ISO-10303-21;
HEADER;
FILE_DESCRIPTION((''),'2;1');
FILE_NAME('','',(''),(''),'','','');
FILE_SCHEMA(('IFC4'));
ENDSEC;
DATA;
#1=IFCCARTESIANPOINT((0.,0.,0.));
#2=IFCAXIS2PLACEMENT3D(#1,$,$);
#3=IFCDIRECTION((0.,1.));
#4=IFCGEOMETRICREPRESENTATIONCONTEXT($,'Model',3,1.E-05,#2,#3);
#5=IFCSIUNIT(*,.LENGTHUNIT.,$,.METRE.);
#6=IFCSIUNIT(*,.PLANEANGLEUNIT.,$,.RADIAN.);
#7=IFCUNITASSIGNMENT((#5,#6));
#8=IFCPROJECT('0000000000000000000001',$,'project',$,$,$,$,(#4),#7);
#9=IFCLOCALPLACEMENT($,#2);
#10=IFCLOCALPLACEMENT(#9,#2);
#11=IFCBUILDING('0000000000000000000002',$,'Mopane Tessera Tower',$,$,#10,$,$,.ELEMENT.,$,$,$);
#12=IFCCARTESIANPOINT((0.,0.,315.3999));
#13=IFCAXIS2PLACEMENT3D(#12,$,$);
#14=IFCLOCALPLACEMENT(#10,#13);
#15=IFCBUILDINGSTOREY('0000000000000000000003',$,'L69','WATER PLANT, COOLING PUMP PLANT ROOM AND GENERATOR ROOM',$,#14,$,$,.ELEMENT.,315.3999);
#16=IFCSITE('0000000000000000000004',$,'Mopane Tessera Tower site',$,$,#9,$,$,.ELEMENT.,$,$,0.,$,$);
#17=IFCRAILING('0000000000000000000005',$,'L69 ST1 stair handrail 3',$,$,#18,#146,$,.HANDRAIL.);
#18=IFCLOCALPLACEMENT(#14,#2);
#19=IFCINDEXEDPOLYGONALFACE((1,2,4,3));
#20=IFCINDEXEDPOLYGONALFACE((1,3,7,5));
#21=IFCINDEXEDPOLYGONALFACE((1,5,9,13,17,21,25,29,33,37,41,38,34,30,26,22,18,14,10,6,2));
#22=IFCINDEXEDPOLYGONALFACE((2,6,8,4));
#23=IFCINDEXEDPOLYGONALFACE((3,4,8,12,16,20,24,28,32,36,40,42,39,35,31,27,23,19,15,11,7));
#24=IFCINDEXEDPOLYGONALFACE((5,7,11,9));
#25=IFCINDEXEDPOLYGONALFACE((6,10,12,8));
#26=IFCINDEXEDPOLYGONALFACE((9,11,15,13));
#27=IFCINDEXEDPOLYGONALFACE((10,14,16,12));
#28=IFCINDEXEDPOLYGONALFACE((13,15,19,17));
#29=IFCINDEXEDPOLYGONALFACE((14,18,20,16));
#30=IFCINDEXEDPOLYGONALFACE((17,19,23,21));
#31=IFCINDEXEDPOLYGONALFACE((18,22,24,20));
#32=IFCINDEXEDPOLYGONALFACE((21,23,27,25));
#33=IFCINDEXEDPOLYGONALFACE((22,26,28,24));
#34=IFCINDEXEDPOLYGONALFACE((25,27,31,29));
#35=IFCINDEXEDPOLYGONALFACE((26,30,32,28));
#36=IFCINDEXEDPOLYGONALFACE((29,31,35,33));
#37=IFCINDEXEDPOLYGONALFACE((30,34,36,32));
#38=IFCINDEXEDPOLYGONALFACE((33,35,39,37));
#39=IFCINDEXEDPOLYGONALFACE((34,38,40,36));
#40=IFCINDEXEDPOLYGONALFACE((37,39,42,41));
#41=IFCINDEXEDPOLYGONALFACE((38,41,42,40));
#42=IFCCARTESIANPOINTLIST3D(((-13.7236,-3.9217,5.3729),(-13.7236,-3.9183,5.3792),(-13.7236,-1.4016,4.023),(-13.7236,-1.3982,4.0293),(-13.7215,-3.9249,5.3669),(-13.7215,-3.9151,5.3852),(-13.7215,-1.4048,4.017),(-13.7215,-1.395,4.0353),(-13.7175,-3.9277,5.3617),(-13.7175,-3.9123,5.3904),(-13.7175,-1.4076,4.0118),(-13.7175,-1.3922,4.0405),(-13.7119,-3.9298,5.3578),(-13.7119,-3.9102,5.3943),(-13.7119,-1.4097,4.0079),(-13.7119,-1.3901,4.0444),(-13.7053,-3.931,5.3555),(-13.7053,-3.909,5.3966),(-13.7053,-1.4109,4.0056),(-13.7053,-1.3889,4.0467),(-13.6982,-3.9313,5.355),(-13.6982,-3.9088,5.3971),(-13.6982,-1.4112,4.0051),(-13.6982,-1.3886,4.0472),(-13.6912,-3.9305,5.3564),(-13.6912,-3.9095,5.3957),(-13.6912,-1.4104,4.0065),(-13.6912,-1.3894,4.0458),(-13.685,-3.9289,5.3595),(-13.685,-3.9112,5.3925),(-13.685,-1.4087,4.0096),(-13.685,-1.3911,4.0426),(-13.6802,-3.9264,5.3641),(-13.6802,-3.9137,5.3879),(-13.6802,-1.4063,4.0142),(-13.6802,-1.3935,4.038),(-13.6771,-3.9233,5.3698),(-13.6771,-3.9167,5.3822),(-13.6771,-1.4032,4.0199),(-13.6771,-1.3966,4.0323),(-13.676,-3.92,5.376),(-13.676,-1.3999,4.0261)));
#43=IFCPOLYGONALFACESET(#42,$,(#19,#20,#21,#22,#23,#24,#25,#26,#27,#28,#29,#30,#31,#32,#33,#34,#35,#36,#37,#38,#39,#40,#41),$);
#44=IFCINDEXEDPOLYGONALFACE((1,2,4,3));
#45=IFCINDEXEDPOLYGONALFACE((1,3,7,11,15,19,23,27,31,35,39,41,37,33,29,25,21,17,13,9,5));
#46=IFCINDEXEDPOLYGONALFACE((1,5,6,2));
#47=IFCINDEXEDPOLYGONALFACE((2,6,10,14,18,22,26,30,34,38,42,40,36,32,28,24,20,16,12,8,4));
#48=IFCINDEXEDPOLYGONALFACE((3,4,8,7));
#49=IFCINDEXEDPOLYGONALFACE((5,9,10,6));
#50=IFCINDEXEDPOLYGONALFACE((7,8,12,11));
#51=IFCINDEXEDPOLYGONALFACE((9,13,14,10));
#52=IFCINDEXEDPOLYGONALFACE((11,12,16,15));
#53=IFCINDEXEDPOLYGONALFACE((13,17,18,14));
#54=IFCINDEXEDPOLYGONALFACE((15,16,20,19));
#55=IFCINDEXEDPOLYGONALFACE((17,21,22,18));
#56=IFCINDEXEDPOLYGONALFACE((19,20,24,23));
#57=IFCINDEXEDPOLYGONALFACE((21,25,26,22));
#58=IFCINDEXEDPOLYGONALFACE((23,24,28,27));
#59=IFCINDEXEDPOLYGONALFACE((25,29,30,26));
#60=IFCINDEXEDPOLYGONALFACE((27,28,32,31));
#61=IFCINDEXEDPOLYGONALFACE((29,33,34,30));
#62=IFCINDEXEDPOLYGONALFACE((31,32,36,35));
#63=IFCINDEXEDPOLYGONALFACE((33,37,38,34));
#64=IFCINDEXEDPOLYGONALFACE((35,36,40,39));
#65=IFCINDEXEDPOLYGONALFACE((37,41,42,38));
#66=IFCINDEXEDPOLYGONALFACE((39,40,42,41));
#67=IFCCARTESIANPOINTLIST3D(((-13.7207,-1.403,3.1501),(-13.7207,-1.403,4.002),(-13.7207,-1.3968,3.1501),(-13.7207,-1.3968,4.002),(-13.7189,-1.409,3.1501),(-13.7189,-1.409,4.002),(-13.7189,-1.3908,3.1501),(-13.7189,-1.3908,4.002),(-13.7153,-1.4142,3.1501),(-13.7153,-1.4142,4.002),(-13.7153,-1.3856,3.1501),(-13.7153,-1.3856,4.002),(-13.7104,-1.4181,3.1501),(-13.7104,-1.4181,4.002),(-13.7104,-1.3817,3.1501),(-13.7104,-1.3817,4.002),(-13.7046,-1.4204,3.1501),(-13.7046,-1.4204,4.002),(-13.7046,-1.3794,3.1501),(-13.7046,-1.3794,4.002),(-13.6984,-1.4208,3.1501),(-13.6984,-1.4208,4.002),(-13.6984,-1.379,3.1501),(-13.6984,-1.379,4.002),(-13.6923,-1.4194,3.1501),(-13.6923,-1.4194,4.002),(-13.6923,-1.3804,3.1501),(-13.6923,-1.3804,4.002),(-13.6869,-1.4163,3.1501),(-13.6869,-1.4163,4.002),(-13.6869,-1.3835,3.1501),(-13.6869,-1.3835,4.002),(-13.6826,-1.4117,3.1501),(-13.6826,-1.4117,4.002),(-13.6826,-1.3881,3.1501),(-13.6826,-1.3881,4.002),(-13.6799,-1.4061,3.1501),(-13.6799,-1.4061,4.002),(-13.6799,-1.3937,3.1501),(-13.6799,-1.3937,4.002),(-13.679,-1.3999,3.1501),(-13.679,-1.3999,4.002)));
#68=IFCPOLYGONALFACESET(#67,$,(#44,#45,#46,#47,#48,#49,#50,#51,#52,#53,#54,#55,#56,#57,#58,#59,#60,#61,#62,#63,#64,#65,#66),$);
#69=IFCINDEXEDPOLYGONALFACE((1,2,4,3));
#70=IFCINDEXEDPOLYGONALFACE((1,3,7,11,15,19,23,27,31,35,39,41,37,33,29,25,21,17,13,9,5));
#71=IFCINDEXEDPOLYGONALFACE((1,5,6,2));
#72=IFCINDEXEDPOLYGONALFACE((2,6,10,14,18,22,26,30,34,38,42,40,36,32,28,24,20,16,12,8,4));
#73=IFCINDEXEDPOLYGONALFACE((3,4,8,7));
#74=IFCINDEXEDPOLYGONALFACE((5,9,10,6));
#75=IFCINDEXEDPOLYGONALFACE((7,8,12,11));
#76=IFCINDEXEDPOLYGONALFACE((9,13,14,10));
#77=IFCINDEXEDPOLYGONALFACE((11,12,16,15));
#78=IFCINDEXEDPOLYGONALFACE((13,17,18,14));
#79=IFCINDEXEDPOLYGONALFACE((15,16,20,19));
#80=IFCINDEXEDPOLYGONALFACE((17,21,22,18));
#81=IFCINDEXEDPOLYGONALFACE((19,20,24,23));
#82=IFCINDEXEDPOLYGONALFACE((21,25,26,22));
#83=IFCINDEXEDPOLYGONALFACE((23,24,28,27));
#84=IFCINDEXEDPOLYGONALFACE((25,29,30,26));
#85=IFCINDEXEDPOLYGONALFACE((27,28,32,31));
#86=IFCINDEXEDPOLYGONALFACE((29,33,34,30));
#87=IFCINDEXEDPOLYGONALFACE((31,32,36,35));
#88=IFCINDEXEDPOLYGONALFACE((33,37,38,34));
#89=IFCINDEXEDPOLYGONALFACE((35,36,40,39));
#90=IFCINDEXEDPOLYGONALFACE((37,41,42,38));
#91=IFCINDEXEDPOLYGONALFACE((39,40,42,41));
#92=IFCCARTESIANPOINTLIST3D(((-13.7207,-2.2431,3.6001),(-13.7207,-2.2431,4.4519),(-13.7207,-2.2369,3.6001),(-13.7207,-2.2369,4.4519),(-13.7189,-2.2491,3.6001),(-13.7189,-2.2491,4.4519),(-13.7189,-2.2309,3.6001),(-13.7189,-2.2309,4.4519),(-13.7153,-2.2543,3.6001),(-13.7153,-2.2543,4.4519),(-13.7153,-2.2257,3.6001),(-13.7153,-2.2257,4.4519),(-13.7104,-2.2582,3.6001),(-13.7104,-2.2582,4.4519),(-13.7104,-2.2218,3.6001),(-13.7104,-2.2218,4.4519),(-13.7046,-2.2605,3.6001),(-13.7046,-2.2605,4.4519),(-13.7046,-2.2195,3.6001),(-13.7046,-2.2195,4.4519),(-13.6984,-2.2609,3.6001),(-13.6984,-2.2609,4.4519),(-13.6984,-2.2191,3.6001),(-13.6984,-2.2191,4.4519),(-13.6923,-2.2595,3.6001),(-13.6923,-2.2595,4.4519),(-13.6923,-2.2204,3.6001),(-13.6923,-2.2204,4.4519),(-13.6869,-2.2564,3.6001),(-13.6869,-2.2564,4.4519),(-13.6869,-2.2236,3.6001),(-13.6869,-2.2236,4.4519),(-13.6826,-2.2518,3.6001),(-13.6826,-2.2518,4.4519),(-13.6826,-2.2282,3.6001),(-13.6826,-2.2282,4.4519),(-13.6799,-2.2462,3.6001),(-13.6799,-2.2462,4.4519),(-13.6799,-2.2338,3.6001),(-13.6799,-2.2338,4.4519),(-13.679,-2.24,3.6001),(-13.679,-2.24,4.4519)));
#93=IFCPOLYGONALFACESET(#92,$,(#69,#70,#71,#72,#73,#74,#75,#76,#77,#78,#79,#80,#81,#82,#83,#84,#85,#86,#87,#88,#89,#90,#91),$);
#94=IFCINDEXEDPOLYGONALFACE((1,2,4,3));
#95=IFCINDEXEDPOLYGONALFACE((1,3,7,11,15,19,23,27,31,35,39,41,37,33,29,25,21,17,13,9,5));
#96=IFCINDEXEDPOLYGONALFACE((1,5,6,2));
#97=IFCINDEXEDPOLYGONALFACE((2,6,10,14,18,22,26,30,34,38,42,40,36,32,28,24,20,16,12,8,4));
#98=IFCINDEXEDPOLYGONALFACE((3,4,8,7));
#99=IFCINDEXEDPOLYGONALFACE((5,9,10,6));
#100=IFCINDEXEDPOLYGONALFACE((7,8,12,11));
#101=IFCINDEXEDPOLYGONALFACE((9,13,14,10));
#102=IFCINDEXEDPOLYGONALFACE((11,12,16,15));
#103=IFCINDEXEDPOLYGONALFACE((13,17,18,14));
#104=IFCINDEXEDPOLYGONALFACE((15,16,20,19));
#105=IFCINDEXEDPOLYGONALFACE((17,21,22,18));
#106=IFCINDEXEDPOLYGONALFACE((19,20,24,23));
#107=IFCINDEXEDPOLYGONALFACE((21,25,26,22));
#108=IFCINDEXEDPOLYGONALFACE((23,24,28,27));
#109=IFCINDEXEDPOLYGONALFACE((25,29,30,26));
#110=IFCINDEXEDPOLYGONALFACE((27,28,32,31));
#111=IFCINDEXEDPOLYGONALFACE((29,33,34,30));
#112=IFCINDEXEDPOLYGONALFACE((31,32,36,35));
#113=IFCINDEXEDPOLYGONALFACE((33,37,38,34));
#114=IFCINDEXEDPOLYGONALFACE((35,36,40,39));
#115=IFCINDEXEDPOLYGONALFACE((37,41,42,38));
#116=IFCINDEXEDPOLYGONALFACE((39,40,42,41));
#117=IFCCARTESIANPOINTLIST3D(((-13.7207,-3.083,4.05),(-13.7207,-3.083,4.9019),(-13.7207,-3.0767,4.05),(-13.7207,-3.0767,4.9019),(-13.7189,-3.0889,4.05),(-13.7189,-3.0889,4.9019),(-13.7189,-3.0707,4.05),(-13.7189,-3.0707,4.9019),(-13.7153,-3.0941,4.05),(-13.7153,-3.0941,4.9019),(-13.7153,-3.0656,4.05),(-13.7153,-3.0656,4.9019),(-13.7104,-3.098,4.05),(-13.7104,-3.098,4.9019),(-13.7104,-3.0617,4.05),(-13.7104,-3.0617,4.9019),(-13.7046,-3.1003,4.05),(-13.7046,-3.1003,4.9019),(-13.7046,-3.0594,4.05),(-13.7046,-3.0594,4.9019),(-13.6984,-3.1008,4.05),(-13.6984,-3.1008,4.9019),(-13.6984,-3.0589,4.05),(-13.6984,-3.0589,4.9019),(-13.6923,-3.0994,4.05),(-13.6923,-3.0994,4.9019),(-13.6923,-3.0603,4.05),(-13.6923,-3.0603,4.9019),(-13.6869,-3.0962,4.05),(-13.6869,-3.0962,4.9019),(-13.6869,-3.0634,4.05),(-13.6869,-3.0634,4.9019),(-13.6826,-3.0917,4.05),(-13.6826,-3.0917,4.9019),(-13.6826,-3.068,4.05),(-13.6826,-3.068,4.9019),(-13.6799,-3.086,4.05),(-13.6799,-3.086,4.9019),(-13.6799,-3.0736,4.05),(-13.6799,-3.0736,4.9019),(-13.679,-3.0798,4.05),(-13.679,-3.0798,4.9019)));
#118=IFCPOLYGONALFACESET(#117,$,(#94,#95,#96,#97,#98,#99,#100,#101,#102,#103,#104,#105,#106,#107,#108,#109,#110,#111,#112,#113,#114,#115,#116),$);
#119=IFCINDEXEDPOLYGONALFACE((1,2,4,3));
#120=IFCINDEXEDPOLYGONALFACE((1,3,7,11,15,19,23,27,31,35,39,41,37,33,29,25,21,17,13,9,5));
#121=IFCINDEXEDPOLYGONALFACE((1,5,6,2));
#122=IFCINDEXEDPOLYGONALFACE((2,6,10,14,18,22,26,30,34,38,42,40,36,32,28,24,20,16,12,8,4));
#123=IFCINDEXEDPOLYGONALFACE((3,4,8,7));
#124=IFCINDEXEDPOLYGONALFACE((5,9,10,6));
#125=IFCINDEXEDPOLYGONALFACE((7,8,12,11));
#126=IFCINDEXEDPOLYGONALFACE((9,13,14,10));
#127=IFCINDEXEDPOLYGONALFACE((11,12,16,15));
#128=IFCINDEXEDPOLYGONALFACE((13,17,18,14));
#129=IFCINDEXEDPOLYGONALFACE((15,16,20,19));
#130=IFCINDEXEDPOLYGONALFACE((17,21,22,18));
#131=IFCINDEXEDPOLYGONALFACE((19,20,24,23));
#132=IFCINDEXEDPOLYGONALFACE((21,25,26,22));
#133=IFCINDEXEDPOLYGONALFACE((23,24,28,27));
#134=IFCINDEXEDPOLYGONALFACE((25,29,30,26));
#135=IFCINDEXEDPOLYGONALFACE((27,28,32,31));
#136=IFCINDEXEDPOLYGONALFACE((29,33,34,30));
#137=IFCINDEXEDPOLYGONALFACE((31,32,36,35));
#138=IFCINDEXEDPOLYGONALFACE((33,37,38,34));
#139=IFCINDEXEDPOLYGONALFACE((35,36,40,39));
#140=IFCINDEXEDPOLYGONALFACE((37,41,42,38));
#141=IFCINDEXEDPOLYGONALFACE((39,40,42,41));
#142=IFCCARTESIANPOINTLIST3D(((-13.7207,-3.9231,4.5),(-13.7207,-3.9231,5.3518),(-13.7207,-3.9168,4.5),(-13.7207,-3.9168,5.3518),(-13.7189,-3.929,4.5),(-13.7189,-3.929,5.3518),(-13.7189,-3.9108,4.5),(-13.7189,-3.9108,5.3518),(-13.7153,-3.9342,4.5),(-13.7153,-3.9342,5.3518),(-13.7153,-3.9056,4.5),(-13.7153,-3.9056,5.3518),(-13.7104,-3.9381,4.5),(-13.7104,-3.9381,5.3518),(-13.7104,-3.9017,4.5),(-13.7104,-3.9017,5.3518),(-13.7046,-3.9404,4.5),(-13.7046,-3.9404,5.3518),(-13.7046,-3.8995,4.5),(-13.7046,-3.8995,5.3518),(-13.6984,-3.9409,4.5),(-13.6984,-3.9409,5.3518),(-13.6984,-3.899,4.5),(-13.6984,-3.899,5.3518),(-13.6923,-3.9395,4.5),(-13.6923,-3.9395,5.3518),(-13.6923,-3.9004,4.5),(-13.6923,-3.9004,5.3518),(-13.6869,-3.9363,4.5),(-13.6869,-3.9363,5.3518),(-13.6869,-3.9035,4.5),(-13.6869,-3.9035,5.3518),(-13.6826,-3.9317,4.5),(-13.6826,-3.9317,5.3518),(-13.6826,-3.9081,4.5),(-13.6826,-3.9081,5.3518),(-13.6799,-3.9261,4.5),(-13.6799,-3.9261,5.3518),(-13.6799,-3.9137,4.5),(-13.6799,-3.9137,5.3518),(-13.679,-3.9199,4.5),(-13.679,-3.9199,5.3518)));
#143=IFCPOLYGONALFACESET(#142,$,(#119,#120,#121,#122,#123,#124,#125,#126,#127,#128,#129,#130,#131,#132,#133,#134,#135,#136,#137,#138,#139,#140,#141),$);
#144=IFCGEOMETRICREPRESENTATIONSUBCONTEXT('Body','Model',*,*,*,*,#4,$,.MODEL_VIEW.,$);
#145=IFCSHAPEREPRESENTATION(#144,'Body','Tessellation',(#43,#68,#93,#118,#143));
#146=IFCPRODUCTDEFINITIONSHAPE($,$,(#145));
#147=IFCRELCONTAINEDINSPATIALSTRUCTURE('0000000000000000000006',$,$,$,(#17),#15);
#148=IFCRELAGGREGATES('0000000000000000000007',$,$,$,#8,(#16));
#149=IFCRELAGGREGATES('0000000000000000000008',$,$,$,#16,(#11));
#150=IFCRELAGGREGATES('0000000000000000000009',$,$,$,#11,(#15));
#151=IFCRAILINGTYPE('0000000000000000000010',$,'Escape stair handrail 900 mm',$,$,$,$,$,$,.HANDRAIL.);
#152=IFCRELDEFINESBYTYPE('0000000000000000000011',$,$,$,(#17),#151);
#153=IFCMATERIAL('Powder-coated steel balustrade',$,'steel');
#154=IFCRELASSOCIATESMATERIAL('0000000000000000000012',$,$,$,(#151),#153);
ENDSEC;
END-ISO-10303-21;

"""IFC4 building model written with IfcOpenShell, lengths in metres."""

from ifc_helpers import new_model, si_unit, direction, frame, origin, origin_2d, place, context, subcontext, project, spatial, circle, extrude, material, type_object, element, save


model = new_model("IFC4")

# Units and contexts
model_context = context("Model", 3, precision=1e-05, world=origin(), true_north=direction((0.0, 1.0)))
body_context = subcontext(model_context, "Body", "Model", "MODEL_VIEW")
ifc_project = project(units=[si_unit("LENGTHUNIT", "METRE"), si_unit("PLANEANGLEUNIT", "RADIAN")], contexts=[model_context])

# Site, building, storey
site_placement = place(None, origin())
site = spatial("IfcSite", under=ifc_project, at=site_placement, Name="Mopane Tessera Tower site", CompositionType="ELEMENT", RefElevation=0.0)
building_placement = place(site_placement, origin())
building = spatial("IfcBuilding", under=site, at=building_placement, Name="Mopane Tessera Tower", CompositionType="ELEMENT")
storey_placement = place(building_placement, frame((0.0, 0.0, 315.3999)))
storey = spatial("IfcBuildingStorey", under=building, at=storey_placement, Name="L69", Description="WATER PLANT, COOLING PUMP PLANT ROOM AND GENERATOR ROOM", CompositionType="ELEMENT", Elevation=315.3999)

# Railing
ifc_material_1 = material(Name="Powder-coated steel balustrade", Category="steel")
railing_type_1 = type_object("IfcRailingType", Name="Escape stair handrail 900 mm", PredefinedType="HANDRAIL", material=ifc_material_1)
railing_1_placement = place(storey_placement, frame((-13.7, -1.3999, 3.1501)))
element("IfcRailing", 1, at=railing_1_placement, inside=storey, type_object=railing_type_1, Name="L69 ST1 stair handrail 3", PredefinedType="HANDRAIL", context=body_context, shape_type="SweptSolid", body=[
    extrude(circle(Radius=0.0239, at=origin_2d()), frame((0.0, 0.0, 0.876), z_axis=(0.0, -0.881503, 0.472179), x_axis=(1.0, 0.0, 0.0)), (0.0, 0.0, 1.0), 2.8589),
    extrude(circle(Radius=0.021, at=origin_2d()), origin(), (0.0, 0.0, 1.0), 0.8518),
    extrude(circle(Radius=0.021, at=origin_2d()), frame((0.0, -0.8401, 0.45)), (0.0, 0.0, 1.0), 0.8518),
    extrude(circle(Radius=0.021, at=origin_2d()), frame((0.0, -1.6799, 0.8999)), (0.0, 0.0, 1.0), 0.8518),
    extrude(circle(Radius=0.021, at=origin_2d()), frame((0.0, -2.52, 1.3499)), (0.0, 0.0, 1.0), 0.8518),
])

save(model, "model.ifc")
